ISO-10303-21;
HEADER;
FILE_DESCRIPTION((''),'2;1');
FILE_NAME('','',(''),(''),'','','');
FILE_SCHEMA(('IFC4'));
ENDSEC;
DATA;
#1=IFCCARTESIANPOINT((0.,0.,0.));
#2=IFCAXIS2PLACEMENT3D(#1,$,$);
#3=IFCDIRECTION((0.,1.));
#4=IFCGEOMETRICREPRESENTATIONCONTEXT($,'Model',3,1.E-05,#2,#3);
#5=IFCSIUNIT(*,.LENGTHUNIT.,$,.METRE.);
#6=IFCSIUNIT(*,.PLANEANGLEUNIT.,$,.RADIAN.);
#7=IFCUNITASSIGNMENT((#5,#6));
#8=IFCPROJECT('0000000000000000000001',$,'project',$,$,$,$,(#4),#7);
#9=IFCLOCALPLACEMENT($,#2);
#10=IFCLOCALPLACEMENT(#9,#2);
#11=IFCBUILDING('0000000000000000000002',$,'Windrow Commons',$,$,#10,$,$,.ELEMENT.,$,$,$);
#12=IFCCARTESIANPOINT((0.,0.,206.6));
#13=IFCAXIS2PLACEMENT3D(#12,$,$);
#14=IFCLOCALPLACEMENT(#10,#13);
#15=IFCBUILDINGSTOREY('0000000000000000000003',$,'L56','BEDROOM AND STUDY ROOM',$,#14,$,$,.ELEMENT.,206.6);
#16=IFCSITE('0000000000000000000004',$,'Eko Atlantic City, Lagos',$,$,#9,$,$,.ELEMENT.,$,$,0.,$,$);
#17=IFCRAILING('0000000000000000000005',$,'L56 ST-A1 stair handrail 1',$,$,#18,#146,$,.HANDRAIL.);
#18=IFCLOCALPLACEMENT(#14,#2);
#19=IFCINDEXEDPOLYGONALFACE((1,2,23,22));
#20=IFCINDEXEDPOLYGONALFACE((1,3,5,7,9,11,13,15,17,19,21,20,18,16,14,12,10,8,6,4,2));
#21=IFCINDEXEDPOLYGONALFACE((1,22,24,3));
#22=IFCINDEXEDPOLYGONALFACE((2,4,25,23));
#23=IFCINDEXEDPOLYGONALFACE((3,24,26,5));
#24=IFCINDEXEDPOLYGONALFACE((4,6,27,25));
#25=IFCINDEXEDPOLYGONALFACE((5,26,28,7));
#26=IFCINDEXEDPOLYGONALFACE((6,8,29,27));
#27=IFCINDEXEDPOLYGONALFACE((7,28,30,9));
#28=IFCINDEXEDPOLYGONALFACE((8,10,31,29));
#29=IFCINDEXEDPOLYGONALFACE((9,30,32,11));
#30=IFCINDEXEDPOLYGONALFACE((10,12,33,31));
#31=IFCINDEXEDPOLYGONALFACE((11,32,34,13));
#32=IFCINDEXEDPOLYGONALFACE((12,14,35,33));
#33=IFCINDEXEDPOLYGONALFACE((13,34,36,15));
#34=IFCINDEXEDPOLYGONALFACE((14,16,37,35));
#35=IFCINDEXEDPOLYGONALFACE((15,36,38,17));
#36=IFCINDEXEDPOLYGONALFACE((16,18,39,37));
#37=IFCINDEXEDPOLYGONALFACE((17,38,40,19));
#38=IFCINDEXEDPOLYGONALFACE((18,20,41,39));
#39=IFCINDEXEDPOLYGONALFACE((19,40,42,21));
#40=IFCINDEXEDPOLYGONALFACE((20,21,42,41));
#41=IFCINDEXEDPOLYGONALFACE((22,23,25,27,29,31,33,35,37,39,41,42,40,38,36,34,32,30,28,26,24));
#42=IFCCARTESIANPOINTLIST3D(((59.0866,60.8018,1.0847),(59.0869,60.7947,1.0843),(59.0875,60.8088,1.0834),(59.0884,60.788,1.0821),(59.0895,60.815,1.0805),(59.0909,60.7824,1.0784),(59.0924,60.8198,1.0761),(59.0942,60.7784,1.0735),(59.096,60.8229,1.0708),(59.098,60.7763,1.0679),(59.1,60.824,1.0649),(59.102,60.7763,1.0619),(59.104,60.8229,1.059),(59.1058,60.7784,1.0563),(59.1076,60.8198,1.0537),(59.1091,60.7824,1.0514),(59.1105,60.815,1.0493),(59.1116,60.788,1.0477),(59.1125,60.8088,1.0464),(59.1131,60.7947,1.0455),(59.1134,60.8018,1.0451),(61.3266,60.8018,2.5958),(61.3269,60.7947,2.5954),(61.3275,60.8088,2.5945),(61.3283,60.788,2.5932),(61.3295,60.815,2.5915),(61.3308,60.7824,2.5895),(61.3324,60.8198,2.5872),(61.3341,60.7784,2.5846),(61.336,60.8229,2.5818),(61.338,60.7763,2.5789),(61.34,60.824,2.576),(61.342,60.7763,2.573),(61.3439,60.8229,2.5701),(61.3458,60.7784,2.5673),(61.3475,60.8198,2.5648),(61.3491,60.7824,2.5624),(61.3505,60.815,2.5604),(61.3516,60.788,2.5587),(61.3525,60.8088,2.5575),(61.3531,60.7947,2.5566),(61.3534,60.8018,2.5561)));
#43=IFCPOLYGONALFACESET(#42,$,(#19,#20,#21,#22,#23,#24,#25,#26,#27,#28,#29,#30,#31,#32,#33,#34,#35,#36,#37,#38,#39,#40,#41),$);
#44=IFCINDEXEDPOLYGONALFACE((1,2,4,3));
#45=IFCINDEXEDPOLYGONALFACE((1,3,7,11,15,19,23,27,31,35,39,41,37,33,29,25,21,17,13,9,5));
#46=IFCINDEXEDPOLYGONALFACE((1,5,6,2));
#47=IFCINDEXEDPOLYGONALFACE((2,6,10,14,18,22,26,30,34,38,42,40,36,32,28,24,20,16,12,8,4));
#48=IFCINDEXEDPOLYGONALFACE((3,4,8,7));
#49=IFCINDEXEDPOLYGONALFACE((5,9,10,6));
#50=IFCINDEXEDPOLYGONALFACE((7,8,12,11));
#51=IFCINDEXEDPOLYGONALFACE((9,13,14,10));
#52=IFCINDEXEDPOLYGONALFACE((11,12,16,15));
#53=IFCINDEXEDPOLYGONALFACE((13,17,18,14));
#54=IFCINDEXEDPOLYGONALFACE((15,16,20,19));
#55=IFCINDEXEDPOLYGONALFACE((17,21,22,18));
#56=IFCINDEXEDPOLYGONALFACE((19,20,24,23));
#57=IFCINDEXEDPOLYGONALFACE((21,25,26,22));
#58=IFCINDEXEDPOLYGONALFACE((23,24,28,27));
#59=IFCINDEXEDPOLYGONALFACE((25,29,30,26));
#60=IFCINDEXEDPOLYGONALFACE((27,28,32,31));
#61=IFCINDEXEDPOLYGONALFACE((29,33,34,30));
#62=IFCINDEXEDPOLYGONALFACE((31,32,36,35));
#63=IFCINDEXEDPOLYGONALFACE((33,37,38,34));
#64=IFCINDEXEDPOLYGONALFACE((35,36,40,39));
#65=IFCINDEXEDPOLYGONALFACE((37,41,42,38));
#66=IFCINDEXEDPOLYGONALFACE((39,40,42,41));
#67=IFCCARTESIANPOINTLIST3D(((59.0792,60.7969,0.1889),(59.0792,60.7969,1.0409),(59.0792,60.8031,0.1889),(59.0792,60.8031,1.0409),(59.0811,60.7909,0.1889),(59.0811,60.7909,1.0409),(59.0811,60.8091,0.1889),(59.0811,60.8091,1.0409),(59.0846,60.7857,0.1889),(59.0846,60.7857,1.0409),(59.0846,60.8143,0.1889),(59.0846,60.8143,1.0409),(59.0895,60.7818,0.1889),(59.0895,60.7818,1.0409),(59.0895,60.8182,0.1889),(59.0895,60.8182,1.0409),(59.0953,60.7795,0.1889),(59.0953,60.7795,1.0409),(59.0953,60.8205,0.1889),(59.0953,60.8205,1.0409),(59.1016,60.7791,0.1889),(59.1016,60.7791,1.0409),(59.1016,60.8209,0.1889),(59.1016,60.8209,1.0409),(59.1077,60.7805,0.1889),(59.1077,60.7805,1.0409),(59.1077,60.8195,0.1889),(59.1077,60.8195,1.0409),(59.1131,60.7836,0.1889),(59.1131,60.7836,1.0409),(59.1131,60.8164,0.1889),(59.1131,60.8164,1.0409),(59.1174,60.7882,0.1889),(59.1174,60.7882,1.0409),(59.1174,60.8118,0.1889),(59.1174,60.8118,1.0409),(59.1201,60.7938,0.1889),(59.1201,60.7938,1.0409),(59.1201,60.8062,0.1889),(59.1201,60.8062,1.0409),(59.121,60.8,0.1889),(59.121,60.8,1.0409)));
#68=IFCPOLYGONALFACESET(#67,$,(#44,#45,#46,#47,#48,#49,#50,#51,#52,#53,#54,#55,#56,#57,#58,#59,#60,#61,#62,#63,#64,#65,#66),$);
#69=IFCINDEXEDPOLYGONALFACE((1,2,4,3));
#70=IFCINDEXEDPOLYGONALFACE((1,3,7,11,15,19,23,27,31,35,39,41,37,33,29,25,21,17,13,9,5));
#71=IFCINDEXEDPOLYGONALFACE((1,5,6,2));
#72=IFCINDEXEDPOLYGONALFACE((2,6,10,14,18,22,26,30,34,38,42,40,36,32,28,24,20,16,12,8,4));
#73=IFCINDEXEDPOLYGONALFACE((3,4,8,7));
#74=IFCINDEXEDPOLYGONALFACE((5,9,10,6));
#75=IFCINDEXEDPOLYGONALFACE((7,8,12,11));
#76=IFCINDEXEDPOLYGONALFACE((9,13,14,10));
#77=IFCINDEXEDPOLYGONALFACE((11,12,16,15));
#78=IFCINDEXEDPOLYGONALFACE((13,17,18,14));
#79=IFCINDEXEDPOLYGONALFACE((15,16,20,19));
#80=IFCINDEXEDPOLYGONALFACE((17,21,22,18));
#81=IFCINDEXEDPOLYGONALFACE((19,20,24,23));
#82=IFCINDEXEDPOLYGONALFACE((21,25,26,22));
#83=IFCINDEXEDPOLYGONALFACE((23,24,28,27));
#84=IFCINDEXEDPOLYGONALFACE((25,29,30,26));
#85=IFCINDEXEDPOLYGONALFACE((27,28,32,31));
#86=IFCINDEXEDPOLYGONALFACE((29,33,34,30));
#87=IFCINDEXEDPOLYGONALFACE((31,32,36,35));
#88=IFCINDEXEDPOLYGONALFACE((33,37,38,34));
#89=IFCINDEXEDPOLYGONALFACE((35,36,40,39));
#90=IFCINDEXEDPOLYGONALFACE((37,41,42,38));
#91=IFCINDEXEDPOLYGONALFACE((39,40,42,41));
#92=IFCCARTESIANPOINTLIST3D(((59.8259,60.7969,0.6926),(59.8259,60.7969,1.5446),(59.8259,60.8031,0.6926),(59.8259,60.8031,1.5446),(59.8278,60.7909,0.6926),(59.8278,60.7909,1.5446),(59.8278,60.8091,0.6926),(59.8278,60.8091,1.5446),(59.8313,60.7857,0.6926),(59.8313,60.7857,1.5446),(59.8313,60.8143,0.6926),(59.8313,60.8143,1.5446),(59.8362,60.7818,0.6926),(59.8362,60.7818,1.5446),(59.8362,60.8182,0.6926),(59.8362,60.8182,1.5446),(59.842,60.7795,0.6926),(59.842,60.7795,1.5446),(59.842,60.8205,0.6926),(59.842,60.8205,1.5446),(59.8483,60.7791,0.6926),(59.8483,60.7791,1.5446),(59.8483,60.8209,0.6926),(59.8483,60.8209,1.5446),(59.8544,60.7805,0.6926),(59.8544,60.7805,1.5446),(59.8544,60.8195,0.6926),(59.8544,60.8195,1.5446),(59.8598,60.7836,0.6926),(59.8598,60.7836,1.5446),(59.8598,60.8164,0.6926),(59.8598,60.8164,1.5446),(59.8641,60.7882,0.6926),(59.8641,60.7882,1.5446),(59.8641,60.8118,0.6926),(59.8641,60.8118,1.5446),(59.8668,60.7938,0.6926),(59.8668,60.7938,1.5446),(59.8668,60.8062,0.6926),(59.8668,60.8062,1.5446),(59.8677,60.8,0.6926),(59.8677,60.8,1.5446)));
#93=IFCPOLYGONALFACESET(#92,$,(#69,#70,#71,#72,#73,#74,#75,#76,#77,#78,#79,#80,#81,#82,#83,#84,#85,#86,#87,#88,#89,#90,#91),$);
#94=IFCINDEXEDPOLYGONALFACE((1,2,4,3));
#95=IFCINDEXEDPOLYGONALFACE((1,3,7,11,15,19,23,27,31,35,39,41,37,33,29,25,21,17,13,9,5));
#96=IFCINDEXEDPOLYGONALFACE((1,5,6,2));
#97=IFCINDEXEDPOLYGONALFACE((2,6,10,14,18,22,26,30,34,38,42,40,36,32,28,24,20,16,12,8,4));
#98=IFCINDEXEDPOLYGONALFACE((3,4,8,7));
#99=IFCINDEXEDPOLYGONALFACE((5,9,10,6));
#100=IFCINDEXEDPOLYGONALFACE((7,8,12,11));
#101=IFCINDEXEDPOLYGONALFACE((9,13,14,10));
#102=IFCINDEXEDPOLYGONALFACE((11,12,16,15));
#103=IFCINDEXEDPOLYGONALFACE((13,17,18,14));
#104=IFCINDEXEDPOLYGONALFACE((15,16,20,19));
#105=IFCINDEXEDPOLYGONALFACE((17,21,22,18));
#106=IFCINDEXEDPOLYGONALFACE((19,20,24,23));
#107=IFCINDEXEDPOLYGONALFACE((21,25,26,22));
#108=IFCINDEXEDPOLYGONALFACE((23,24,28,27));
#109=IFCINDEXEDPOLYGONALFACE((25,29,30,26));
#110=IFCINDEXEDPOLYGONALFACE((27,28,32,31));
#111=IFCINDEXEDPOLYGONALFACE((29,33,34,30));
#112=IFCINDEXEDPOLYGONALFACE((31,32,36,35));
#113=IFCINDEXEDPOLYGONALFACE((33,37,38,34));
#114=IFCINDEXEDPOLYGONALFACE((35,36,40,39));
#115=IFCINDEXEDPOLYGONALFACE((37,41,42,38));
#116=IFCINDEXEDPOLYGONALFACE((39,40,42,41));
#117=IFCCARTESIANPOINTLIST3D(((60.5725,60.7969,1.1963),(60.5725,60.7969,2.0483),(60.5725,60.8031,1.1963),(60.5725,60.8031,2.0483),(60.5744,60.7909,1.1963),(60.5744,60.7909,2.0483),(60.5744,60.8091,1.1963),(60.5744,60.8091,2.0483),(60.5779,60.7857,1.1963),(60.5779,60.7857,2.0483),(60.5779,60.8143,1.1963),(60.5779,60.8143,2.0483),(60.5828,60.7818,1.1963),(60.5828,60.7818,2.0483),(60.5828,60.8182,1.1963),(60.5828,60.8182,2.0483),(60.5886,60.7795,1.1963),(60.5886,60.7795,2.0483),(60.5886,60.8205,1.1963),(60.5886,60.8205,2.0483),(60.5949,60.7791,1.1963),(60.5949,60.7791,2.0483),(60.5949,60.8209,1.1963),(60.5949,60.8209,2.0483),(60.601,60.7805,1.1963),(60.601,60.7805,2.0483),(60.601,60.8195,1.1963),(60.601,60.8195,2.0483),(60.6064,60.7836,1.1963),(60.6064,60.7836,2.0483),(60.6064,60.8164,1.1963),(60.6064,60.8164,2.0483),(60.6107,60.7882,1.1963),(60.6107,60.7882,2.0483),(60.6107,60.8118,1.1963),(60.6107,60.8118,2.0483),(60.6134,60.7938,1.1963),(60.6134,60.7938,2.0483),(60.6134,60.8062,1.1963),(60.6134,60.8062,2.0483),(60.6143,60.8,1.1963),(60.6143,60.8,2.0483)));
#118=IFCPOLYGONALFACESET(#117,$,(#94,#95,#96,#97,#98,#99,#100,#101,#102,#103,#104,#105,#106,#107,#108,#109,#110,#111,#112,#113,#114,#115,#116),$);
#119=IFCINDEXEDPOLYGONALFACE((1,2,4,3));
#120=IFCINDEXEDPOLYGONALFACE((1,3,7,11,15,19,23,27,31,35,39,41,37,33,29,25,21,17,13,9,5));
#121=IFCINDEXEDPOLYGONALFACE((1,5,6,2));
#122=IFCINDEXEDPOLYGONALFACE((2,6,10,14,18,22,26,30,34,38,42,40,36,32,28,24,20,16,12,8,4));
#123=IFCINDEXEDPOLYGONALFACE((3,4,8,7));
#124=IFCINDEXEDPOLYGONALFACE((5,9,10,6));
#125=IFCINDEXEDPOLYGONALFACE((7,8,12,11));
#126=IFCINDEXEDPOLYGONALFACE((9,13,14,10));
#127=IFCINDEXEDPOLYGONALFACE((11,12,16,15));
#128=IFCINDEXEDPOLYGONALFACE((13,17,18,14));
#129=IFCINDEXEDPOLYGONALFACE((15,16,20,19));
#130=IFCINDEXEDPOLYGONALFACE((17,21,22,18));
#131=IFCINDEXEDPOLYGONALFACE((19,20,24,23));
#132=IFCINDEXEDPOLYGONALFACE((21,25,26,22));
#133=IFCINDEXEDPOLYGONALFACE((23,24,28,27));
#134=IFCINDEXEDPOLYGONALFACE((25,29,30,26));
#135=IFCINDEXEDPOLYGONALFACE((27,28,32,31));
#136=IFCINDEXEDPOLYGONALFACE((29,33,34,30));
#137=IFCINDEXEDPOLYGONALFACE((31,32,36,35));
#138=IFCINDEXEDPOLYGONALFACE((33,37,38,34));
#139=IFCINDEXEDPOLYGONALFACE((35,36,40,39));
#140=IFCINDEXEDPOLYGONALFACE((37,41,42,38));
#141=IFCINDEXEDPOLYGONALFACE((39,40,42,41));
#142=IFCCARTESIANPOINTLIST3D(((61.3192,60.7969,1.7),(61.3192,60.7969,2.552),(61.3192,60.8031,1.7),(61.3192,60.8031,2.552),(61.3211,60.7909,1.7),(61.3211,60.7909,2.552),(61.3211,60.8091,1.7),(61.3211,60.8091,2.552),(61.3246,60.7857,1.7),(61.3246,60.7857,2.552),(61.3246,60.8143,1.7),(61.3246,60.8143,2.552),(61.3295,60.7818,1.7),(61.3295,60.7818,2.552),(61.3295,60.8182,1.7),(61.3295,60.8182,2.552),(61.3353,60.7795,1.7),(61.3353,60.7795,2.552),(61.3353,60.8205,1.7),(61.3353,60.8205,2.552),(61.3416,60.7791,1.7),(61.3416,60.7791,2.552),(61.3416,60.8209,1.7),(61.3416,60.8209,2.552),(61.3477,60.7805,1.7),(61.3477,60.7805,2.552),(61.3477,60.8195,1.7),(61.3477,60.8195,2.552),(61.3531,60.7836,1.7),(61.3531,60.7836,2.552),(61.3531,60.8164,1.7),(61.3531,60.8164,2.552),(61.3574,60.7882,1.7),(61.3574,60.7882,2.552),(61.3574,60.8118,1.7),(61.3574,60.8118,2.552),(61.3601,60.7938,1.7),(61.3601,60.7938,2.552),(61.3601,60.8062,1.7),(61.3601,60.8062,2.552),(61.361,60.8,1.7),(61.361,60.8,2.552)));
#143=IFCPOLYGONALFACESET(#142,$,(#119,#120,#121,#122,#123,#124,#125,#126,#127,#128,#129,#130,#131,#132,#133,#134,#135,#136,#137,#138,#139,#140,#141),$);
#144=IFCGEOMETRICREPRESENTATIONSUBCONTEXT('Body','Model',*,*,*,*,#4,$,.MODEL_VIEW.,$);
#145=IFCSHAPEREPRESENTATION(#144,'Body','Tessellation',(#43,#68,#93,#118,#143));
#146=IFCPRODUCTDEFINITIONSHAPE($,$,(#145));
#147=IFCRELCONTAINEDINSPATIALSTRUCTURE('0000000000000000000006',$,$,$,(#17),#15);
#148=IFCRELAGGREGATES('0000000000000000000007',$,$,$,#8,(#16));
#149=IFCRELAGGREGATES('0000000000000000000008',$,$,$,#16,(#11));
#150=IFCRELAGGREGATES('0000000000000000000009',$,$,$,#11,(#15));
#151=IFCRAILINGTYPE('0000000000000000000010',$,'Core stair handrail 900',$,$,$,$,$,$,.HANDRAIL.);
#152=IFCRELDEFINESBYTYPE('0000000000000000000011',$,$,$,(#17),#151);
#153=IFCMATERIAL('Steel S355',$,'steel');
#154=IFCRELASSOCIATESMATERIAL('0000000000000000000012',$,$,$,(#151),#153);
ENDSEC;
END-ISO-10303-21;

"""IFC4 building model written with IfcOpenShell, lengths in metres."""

from ifc_helpers import new_model, si_unit, direction, frame, origin, origin_2d, place, context, subcontext, project, spatial, circle, extrude, material, type_object, element, save


model = new_model("IFC4")

# Units and contexts
model_context = context("Model", 3, precision=1e-05, world=origin(), true_north=direction((0.0, 1.0)))
body_context = subcontext(model_context, "Body", "Model", "MODEL_VIEW")
ifc_project = project(units=[si_unit("LENGTHUNIT", "METRE"), si_unit("PLANEANGLEUNIT", "RADIAN")], contexts=[model_context])

# Site, building, storey
site_placement = place(None, origin())
site = spatial("IfcSite", under=ifc_project, at=site_placement, Name="Eko Atlantic City, Lagos", CompositionType="ELEMENT", RefElevation=0.0)
building_placement = place(site_placement, origin())
building = spatial("IfcBuilding", under=site, at=building_placement, Name="Windrow Commons", CompositionType="ELEMENT")
storey_placement = place(building_placement, frame((0.0, 0.0, 206.6)))
storey = spatial("IfcBuildingStorey", under=building, at=storey_placement, Name="L56", Description="BEDROOM AND STUDY ROOM", CompositionType="ELEMENT", Elevation=206.6)

# Railing
ifc_material_1 = material(Name="Steel S355", Category="steel")
railing_type_1 = type_object("IfcRailingType", Name="Core stair handrail 900", PredefinedType="HANDRAIL", material=ifc_material_1)
railing_1_placement = place(storey_placement, frame((59.1, 60.8, 0.1889)))
element("IfcRailing", 1, at=railing_1_placement, inside=storey, type_object=railing_type_1, Name="L56 ST-A1 stair handrail 1", PredefinedType="HANDRAIL", context=body_context, shape_type="SweptSolid", body=[
    extrude(circle(Radius=0.024, at=origin_2d()), frame((0.0, 0.0, 0.876), z_axis=(0.829003, 0.0, 0.559244), x_axis=(0.0, 1.0, 0.0)), (0.0, 0.0, 1.0), 2.702),
    extrude(circle(Radius=0.021, at=origin_2d()), origin(), (0.0, 0.0, 1.0), 0.852),
    extrude(circle(Radius=0.021, at=origin_2d()), frame((0.7467, 0.0, 0.5037)), (0.0, 0.0, 1.0), 0.852),
    extrude(circle(Radius=0.021, at=origin_2d()), frame((1.4933, 0.0, 1.0074)), (0.0, 0.0, 1.0), 0.852),
    extrude(circle(Radius=0.021, at=origin_2d()), frame((2.24, 0.0, 1.5111)), (0.0, 0.0, 1.0), 0.852),
])

save(model, "model.ifc")
